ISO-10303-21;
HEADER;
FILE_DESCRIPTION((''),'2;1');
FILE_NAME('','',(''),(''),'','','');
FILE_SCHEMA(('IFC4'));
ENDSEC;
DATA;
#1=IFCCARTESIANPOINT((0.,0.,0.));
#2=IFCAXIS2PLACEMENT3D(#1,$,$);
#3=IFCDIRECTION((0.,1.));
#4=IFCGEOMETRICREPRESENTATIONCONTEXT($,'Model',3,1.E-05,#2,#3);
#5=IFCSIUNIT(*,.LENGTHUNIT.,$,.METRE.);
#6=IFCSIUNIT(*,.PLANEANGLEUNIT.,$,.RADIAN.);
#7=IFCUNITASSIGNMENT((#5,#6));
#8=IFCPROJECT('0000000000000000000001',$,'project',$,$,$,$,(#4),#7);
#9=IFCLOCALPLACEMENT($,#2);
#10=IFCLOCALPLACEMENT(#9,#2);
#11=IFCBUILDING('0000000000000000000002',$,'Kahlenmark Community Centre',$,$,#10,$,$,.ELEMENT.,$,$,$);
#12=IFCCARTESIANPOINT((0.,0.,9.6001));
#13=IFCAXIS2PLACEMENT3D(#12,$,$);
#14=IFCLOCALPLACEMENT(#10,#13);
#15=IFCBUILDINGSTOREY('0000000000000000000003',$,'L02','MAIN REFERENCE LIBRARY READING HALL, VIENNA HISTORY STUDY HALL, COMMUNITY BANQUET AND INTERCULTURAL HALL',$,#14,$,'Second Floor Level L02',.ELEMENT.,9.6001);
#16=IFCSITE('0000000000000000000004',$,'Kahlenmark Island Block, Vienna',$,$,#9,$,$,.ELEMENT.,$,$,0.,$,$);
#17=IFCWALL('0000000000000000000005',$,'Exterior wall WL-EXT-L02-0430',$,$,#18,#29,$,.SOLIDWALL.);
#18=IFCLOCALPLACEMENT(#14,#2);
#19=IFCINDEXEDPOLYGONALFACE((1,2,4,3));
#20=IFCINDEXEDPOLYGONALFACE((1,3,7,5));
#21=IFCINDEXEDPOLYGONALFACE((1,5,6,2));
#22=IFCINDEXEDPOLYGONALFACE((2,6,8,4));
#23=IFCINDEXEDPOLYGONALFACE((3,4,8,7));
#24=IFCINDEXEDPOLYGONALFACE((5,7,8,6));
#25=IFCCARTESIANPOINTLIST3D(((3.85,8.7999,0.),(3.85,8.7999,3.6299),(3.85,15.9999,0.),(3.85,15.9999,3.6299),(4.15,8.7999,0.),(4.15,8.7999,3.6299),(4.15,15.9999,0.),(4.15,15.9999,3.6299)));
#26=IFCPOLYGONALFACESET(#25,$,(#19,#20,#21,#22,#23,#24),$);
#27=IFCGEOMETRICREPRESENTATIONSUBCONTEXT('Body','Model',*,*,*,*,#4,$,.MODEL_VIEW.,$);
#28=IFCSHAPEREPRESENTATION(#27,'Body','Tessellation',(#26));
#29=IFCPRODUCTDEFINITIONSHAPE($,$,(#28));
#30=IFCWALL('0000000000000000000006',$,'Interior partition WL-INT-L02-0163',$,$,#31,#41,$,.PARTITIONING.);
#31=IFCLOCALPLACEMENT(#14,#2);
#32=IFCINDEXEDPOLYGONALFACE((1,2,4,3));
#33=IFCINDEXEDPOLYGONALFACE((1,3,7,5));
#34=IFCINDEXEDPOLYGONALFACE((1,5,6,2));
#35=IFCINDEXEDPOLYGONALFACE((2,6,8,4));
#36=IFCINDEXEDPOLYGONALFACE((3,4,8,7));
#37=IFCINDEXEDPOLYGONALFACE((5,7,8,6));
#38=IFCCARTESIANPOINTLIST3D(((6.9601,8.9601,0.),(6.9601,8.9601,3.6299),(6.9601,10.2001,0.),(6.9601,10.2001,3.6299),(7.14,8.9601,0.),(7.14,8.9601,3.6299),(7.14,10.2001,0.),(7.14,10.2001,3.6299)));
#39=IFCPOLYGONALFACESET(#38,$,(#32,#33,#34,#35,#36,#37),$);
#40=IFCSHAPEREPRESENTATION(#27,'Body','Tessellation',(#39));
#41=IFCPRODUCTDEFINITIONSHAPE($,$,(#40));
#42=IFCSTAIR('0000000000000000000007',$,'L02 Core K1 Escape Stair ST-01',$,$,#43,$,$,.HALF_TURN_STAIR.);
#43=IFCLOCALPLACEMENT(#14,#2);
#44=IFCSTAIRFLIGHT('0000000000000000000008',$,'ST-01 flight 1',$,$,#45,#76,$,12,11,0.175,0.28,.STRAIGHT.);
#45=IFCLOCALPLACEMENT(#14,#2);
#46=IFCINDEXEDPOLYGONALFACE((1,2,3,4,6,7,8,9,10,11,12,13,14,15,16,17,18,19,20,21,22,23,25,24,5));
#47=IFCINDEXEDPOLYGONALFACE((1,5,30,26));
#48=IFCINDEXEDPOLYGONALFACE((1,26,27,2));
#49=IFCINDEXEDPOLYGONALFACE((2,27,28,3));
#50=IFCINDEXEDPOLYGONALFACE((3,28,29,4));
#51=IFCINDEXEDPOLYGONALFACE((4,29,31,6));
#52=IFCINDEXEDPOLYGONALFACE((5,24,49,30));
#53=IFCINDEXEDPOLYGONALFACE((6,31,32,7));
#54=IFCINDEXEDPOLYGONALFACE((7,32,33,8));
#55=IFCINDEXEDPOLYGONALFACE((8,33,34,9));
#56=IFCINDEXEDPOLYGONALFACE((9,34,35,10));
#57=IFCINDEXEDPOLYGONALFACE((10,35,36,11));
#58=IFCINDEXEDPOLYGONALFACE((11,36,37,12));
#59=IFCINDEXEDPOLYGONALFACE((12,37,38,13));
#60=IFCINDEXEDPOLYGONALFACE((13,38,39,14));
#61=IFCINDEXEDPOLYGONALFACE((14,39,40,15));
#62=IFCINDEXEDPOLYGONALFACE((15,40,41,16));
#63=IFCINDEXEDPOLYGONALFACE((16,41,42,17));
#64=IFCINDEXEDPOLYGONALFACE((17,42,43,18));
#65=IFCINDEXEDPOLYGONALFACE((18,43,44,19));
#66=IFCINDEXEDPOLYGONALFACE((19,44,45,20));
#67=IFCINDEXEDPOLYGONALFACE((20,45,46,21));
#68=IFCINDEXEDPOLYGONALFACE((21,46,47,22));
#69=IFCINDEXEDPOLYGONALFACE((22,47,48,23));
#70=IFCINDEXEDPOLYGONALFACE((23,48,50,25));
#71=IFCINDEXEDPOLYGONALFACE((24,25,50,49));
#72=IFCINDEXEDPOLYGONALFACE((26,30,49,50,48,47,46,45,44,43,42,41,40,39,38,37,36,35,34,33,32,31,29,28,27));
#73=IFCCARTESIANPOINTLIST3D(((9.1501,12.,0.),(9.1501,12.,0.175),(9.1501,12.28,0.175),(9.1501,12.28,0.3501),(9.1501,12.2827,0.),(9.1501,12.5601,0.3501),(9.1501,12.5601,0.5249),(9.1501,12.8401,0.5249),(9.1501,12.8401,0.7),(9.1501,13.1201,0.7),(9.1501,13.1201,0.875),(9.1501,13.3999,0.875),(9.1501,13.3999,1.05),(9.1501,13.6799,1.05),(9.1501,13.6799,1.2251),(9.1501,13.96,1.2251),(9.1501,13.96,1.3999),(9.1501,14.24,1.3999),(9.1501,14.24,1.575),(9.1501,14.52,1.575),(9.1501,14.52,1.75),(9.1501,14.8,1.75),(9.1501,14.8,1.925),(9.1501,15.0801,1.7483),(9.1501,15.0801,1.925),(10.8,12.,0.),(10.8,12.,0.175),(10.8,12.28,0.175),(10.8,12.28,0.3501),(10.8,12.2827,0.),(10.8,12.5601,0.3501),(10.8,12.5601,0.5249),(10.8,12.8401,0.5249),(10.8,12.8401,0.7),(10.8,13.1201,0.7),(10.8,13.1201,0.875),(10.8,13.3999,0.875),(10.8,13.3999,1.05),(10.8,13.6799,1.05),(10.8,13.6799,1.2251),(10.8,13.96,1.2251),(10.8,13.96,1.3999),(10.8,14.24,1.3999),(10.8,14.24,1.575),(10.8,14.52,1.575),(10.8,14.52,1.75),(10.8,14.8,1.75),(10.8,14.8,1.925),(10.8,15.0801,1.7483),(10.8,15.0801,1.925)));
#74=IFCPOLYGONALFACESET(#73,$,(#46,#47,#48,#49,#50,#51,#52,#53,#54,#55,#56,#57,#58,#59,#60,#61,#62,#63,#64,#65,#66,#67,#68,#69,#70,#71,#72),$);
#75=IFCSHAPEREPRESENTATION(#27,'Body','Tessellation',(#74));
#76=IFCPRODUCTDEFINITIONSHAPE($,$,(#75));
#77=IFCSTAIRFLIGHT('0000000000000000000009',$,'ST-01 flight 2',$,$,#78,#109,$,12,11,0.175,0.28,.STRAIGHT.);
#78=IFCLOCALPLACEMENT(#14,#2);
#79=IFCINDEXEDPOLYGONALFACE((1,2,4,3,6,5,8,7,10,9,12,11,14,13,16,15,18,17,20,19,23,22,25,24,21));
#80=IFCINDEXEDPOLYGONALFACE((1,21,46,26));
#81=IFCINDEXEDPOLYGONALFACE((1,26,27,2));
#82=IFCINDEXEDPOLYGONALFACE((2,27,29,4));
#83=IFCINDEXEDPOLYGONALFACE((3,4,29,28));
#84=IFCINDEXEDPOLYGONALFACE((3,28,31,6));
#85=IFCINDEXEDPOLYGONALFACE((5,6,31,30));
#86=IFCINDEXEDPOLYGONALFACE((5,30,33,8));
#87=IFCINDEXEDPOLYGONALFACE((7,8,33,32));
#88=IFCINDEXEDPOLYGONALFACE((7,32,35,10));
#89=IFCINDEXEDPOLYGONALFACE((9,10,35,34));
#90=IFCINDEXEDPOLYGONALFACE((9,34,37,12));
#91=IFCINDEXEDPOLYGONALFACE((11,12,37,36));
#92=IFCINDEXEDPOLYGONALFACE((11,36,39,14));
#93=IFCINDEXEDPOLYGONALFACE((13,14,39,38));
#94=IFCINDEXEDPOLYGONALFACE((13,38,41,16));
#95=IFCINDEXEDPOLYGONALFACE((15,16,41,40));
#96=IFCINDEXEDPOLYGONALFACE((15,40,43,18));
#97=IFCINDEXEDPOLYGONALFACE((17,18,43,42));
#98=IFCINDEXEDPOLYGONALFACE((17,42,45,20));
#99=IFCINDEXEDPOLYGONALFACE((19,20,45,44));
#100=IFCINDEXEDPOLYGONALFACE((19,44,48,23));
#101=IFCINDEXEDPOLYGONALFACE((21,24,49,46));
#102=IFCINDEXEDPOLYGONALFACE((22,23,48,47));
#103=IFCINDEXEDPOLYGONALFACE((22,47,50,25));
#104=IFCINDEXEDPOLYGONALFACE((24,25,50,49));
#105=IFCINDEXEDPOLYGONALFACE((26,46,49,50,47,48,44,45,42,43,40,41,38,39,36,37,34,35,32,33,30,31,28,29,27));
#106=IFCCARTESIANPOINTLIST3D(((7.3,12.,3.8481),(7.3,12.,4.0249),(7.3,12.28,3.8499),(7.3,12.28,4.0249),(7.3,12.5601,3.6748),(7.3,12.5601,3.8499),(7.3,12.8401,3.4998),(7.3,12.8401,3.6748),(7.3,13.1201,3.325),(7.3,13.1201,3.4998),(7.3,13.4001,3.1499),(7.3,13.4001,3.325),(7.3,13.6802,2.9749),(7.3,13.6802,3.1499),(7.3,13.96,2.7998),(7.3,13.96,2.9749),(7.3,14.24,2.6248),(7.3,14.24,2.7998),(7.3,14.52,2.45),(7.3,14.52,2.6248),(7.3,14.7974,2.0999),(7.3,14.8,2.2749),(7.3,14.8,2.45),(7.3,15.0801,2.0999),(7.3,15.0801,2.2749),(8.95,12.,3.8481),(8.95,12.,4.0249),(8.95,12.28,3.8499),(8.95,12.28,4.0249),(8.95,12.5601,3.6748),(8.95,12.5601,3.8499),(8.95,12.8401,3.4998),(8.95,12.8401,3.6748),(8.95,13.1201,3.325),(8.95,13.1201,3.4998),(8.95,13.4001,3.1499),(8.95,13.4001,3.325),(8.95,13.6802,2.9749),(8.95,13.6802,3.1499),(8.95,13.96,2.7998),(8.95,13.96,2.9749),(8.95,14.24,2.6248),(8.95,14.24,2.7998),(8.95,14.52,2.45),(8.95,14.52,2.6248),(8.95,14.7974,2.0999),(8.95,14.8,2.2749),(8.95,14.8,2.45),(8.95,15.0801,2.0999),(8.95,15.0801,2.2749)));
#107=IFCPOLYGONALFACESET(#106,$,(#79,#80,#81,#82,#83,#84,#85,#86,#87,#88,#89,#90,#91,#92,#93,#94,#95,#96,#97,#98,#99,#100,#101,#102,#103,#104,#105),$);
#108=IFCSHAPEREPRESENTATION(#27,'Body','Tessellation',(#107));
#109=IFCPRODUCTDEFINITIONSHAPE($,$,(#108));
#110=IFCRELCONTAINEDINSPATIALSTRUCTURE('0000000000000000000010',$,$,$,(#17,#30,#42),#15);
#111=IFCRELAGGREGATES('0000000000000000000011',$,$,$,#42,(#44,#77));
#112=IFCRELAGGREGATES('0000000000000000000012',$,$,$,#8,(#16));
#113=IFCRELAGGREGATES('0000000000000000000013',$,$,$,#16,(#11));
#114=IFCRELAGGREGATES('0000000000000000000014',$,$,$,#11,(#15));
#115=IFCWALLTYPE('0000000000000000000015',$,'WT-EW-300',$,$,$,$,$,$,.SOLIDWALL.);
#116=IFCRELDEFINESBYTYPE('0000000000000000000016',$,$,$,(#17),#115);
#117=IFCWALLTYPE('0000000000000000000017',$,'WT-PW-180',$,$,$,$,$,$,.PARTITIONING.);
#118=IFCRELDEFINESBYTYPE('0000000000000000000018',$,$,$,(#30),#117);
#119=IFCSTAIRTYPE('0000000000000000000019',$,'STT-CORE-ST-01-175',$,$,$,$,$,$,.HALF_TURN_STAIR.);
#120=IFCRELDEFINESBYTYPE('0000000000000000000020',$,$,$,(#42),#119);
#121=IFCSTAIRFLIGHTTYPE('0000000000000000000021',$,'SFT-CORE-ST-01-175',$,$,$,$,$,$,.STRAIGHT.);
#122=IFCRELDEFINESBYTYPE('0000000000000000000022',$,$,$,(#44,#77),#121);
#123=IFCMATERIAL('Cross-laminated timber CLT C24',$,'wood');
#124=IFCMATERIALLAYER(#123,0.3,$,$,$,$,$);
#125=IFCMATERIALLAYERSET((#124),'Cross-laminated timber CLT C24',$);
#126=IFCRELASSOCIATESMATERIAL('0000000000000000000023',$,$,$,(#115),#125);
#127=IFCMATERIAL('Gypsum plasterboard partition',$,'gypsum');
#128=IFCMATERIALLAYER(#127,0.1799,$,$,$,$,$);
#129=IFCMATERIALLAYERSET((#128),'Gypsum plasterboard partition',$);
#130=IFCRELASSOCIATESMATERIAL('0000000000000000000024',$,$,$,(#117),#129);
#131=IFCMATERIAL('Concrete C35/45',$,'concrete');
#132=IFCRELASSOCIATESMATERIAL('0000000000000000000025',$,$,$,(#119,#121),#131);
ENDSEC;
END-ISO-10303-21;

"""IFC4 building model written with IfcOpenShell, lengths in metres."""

from ifc_helpers import new_model, si_unit, direction, frame, frame_2d, origin, place, context, subcontext, project, spatial, polyline, rectangle, outline, extrude, material, layer, layer_set, type_object, element, aggregate, save


model = new_model("IFC4")

# Units and contexts
model_context = context("Model", 3, precision=1e-05, world=origin(), true_north=direction((0.0, 1.0)))
body_context = subcontext(model_context, "Body", "Model", "MODEL_VIEW")
ifc_project = project(units=[si_unit("LENGTHUNIT", "METRE"), si_unit("PLANEANGLEUNIT", "RADIAN")], contexts=[model_context])

# Site, building, storey
site_placement = place(None, origin())
site = spatial("IfcSite", under=ifc_project, at=site_placement, Name="Kahlenmark Island Block, Vienna", CompositionType="ELEMENT", RefElevation=0.0)
building_placement = place(site_placement, origin())
building = spatial("IfcBuilding", under=site, at=building_placement, Name="Kahlenmark Community Centre", CompositionType="ELEMENT")
storey_placement = place(building_placement, frame((0.0, 0.0, 9.6001)))
storey = spatial("IfcBuildingStorey", under=building, at=storey_placement, Name="L02", Description="MAIN REFERENCE LIBRARY READING HALL, VIENNA HISTORY STUDY HALL, COMMUNITY BANQUET AND INTERCULTURAL HALL", LongName="Second Floor Level L02", CompositionType="ELEMENT", Elevation=9.6001)

# Shared definitions
ifc_material_1 = material(Name="Concrete C35/45", Category="concrete")

# Walls
ifc_material_2 = material(Name="Cross-laminated timber CLT C24", Category="wood")
ifc_layer_1 = layer(ifc_material_2, 0.3)
ifc_layer_set_1 = layer_set([ifc_layer_1], Name="Cross-laminated timber CLT C24")
wall_type_1 = type_object("IfcWallType", Name="WT-EW-300", PredefinedType="SOLIDWALL", material=ifc_layer_set_1)
wall_1_placement = place(storey_placement, frame((4.0, 16.0, 0.0), z_axis=(0.0, 0.0, 1.0), x_axis=(0.0, -1.0, 0.0)))
element("IfcWall", 1, at=wall_1_placement, inside=storey, type_object=wall_type_1, Name="Exterior wall WL-EXT-L02-0430", PredefinedType="SOLIDWALL", context=body_context, shape_type="SweptSolid", body=[
    extrude(rectangle(XDim=7.2, YDim=0.3, at=frame_2d((3.6001, 0.0))), origin(), (0.0, 0.0, 1.0), 3.6299),
])
ifc_material_3 = material(Name="Gypsum plasterboard partition", Category="gypsum")
ifc_layer_2 = layer(ifc_material_3, 0.1799)
ifc_layer_set_2 = layer_set([ifc_layer_2], Name="Gypsum plasterboard partition")
wall_type_2 = type_object("IfcWallType", Name="WT-PW-180", PredefinedType="PARTITIONING", material=ifc_layer_set_2)
wall_2_placement = place(storey_placement, frame((7.05, 8.96, 0.0), z_axis=(0.0, 0.0, 1.0), x_axis=(0.0, 1.0, 0.0)))
element("IfcWall", 2, at=wall_2_placement, inside=storey, type_object=wall_type_2, Name="Interior partition WL-INT-L02-0163", PredefinedType="PARTITIONING", context=body_context, shape_type="SweptSolid", body=[
    extrude(rectangle(XDim=1.24, YDim=0.1799, at=frame_2d((0.6201, 0.0))), origin(), (0.0, 0.0, 1.0), 3.6299),
])

# Stair, stair flights
stair_type = type_object("IfcStairType", Name="STT-CORE-ST-01-175", PredefinedType="HALF_TURN_STAIR", material=ifc_material_1)
stair_placement = place(storey_placement, origin())
stair = element("IfcStair", 3, at=stair_placement, inside=storey, type_object=stair_type, Name="L02 Core K1 Escape Stair ST-01", PredefinedType="HALF_TURN_STAIR")
stair_flight_type = type_object("IfcStairFlightType", Name="SFT-CORE-ST-01-175", PredefinedType="STRAIGHT", material=ifc_material_1)
stair_flight_1_placement = place(storey_placement, frame((9.9751, 12.0, 0.0), z_axis=(0.0, 0.0, 1.0), x_axis=(0.0, 1.0, 0.0)))
stair_flight_1 = element("IfcStairFlight", 4, at=stair_flight_1_placement, type_object=stair_flight_type, Name="ST-01 flight 1", NumberOfRisers=12, NumberOfTreads=11, PredefinedType="STRAIGHT", RiserHeight=0.175, TreadLength=0.28, context=body_context, shape_type="SweptSolid", body=[
    extrude(outline(polyline([(0.0, 0.0), (0.0, 0.175), (0.28, 0.175), (0.28, 0.3501), (0.5601, 0.3501), (0.5601, 0.5249), (0.8401, 0.5249), (0.8401, 0.7), (1.1201, 0.7), (1.1201, 0.875), (1.3999, 0.875), (1.3999, 1.05), (1.6799, 1.05), (1.6799, 1.2251), (1.96, 1.2251), (1.96, 1.3999), (2.24, 1.3999), (2.24, 1.575), (2.52, 1.575), (2.52, 1.75), (2.8, 1.75), (2.8, 1.925), (3.0801, 1.925), (3.0801, 2.1001), (3.0801, 1.7483), (0.2827, 0.0), (0.0, 0.0)])), frame((0.0, 0.825, 0.0), z_axis=(0.0, -1.0, 0.0), x_axis=(1.0, 0.0, 0.0)), (0.0, 0.0, 1.0), 1.6499),
])
stair_flight_2_placement = place(storey_placement, frame((8.125, 15.0801, 2.0999), z_axis=(0.0, 0.0, 1.0), x_axis=(0.0, -1.0, 0.0)))
stair_flight_2 = element("IfcStairFlight", 5, at=stair_flight_2_placement, type_object=stair_flight_type, Name="ST-01 flight 2", NumberOfRisers=12, NumberOfTreads=11, PredefinedType="STRAIGHT", RiserHeight=0.175, TreadLength=0.28, context=body_context, shape_type="SweptSolid", body=[
    extrude(outline(polyline([(0.0, 0.0), (0.0, 0.175), (0.28, 0.175), (0.28, 0.3501), (0.5601, 0.3501), (0.5601, 0.5249), (0.8401, 0.5249), (0.8401, 0.7), (1.1201, 0.7), (1.1201, 0.875), (1.3999, 0.875), (1.3999, 1.05), (1.6799, 1.05), (1.6799, 1.2251), (1.96, 1.2251), (1.96, 1.3999), (2.24, 1.3999), (2.24, 1.575), (2.52, 1.575), (2.52, 1.75), (2.8, 1.75), (2.8, 1.925), (3.0801, 1.925), (3.0801, 2.1001), (3.0801, 1.7483), (0.2827, 0.0), (0.0, 0.0)])), frame((0.0, 0.825, 0.0), z_axis=(0.0, -1.0, 0.0), x_axis=(1.0, 0.0, 0.0)), (0.0, 0.0, 1.0), 1.6499),
])
aggregate(stair, [stair_flight_1, stair_flight_2])

save(model, "model.ifc")
